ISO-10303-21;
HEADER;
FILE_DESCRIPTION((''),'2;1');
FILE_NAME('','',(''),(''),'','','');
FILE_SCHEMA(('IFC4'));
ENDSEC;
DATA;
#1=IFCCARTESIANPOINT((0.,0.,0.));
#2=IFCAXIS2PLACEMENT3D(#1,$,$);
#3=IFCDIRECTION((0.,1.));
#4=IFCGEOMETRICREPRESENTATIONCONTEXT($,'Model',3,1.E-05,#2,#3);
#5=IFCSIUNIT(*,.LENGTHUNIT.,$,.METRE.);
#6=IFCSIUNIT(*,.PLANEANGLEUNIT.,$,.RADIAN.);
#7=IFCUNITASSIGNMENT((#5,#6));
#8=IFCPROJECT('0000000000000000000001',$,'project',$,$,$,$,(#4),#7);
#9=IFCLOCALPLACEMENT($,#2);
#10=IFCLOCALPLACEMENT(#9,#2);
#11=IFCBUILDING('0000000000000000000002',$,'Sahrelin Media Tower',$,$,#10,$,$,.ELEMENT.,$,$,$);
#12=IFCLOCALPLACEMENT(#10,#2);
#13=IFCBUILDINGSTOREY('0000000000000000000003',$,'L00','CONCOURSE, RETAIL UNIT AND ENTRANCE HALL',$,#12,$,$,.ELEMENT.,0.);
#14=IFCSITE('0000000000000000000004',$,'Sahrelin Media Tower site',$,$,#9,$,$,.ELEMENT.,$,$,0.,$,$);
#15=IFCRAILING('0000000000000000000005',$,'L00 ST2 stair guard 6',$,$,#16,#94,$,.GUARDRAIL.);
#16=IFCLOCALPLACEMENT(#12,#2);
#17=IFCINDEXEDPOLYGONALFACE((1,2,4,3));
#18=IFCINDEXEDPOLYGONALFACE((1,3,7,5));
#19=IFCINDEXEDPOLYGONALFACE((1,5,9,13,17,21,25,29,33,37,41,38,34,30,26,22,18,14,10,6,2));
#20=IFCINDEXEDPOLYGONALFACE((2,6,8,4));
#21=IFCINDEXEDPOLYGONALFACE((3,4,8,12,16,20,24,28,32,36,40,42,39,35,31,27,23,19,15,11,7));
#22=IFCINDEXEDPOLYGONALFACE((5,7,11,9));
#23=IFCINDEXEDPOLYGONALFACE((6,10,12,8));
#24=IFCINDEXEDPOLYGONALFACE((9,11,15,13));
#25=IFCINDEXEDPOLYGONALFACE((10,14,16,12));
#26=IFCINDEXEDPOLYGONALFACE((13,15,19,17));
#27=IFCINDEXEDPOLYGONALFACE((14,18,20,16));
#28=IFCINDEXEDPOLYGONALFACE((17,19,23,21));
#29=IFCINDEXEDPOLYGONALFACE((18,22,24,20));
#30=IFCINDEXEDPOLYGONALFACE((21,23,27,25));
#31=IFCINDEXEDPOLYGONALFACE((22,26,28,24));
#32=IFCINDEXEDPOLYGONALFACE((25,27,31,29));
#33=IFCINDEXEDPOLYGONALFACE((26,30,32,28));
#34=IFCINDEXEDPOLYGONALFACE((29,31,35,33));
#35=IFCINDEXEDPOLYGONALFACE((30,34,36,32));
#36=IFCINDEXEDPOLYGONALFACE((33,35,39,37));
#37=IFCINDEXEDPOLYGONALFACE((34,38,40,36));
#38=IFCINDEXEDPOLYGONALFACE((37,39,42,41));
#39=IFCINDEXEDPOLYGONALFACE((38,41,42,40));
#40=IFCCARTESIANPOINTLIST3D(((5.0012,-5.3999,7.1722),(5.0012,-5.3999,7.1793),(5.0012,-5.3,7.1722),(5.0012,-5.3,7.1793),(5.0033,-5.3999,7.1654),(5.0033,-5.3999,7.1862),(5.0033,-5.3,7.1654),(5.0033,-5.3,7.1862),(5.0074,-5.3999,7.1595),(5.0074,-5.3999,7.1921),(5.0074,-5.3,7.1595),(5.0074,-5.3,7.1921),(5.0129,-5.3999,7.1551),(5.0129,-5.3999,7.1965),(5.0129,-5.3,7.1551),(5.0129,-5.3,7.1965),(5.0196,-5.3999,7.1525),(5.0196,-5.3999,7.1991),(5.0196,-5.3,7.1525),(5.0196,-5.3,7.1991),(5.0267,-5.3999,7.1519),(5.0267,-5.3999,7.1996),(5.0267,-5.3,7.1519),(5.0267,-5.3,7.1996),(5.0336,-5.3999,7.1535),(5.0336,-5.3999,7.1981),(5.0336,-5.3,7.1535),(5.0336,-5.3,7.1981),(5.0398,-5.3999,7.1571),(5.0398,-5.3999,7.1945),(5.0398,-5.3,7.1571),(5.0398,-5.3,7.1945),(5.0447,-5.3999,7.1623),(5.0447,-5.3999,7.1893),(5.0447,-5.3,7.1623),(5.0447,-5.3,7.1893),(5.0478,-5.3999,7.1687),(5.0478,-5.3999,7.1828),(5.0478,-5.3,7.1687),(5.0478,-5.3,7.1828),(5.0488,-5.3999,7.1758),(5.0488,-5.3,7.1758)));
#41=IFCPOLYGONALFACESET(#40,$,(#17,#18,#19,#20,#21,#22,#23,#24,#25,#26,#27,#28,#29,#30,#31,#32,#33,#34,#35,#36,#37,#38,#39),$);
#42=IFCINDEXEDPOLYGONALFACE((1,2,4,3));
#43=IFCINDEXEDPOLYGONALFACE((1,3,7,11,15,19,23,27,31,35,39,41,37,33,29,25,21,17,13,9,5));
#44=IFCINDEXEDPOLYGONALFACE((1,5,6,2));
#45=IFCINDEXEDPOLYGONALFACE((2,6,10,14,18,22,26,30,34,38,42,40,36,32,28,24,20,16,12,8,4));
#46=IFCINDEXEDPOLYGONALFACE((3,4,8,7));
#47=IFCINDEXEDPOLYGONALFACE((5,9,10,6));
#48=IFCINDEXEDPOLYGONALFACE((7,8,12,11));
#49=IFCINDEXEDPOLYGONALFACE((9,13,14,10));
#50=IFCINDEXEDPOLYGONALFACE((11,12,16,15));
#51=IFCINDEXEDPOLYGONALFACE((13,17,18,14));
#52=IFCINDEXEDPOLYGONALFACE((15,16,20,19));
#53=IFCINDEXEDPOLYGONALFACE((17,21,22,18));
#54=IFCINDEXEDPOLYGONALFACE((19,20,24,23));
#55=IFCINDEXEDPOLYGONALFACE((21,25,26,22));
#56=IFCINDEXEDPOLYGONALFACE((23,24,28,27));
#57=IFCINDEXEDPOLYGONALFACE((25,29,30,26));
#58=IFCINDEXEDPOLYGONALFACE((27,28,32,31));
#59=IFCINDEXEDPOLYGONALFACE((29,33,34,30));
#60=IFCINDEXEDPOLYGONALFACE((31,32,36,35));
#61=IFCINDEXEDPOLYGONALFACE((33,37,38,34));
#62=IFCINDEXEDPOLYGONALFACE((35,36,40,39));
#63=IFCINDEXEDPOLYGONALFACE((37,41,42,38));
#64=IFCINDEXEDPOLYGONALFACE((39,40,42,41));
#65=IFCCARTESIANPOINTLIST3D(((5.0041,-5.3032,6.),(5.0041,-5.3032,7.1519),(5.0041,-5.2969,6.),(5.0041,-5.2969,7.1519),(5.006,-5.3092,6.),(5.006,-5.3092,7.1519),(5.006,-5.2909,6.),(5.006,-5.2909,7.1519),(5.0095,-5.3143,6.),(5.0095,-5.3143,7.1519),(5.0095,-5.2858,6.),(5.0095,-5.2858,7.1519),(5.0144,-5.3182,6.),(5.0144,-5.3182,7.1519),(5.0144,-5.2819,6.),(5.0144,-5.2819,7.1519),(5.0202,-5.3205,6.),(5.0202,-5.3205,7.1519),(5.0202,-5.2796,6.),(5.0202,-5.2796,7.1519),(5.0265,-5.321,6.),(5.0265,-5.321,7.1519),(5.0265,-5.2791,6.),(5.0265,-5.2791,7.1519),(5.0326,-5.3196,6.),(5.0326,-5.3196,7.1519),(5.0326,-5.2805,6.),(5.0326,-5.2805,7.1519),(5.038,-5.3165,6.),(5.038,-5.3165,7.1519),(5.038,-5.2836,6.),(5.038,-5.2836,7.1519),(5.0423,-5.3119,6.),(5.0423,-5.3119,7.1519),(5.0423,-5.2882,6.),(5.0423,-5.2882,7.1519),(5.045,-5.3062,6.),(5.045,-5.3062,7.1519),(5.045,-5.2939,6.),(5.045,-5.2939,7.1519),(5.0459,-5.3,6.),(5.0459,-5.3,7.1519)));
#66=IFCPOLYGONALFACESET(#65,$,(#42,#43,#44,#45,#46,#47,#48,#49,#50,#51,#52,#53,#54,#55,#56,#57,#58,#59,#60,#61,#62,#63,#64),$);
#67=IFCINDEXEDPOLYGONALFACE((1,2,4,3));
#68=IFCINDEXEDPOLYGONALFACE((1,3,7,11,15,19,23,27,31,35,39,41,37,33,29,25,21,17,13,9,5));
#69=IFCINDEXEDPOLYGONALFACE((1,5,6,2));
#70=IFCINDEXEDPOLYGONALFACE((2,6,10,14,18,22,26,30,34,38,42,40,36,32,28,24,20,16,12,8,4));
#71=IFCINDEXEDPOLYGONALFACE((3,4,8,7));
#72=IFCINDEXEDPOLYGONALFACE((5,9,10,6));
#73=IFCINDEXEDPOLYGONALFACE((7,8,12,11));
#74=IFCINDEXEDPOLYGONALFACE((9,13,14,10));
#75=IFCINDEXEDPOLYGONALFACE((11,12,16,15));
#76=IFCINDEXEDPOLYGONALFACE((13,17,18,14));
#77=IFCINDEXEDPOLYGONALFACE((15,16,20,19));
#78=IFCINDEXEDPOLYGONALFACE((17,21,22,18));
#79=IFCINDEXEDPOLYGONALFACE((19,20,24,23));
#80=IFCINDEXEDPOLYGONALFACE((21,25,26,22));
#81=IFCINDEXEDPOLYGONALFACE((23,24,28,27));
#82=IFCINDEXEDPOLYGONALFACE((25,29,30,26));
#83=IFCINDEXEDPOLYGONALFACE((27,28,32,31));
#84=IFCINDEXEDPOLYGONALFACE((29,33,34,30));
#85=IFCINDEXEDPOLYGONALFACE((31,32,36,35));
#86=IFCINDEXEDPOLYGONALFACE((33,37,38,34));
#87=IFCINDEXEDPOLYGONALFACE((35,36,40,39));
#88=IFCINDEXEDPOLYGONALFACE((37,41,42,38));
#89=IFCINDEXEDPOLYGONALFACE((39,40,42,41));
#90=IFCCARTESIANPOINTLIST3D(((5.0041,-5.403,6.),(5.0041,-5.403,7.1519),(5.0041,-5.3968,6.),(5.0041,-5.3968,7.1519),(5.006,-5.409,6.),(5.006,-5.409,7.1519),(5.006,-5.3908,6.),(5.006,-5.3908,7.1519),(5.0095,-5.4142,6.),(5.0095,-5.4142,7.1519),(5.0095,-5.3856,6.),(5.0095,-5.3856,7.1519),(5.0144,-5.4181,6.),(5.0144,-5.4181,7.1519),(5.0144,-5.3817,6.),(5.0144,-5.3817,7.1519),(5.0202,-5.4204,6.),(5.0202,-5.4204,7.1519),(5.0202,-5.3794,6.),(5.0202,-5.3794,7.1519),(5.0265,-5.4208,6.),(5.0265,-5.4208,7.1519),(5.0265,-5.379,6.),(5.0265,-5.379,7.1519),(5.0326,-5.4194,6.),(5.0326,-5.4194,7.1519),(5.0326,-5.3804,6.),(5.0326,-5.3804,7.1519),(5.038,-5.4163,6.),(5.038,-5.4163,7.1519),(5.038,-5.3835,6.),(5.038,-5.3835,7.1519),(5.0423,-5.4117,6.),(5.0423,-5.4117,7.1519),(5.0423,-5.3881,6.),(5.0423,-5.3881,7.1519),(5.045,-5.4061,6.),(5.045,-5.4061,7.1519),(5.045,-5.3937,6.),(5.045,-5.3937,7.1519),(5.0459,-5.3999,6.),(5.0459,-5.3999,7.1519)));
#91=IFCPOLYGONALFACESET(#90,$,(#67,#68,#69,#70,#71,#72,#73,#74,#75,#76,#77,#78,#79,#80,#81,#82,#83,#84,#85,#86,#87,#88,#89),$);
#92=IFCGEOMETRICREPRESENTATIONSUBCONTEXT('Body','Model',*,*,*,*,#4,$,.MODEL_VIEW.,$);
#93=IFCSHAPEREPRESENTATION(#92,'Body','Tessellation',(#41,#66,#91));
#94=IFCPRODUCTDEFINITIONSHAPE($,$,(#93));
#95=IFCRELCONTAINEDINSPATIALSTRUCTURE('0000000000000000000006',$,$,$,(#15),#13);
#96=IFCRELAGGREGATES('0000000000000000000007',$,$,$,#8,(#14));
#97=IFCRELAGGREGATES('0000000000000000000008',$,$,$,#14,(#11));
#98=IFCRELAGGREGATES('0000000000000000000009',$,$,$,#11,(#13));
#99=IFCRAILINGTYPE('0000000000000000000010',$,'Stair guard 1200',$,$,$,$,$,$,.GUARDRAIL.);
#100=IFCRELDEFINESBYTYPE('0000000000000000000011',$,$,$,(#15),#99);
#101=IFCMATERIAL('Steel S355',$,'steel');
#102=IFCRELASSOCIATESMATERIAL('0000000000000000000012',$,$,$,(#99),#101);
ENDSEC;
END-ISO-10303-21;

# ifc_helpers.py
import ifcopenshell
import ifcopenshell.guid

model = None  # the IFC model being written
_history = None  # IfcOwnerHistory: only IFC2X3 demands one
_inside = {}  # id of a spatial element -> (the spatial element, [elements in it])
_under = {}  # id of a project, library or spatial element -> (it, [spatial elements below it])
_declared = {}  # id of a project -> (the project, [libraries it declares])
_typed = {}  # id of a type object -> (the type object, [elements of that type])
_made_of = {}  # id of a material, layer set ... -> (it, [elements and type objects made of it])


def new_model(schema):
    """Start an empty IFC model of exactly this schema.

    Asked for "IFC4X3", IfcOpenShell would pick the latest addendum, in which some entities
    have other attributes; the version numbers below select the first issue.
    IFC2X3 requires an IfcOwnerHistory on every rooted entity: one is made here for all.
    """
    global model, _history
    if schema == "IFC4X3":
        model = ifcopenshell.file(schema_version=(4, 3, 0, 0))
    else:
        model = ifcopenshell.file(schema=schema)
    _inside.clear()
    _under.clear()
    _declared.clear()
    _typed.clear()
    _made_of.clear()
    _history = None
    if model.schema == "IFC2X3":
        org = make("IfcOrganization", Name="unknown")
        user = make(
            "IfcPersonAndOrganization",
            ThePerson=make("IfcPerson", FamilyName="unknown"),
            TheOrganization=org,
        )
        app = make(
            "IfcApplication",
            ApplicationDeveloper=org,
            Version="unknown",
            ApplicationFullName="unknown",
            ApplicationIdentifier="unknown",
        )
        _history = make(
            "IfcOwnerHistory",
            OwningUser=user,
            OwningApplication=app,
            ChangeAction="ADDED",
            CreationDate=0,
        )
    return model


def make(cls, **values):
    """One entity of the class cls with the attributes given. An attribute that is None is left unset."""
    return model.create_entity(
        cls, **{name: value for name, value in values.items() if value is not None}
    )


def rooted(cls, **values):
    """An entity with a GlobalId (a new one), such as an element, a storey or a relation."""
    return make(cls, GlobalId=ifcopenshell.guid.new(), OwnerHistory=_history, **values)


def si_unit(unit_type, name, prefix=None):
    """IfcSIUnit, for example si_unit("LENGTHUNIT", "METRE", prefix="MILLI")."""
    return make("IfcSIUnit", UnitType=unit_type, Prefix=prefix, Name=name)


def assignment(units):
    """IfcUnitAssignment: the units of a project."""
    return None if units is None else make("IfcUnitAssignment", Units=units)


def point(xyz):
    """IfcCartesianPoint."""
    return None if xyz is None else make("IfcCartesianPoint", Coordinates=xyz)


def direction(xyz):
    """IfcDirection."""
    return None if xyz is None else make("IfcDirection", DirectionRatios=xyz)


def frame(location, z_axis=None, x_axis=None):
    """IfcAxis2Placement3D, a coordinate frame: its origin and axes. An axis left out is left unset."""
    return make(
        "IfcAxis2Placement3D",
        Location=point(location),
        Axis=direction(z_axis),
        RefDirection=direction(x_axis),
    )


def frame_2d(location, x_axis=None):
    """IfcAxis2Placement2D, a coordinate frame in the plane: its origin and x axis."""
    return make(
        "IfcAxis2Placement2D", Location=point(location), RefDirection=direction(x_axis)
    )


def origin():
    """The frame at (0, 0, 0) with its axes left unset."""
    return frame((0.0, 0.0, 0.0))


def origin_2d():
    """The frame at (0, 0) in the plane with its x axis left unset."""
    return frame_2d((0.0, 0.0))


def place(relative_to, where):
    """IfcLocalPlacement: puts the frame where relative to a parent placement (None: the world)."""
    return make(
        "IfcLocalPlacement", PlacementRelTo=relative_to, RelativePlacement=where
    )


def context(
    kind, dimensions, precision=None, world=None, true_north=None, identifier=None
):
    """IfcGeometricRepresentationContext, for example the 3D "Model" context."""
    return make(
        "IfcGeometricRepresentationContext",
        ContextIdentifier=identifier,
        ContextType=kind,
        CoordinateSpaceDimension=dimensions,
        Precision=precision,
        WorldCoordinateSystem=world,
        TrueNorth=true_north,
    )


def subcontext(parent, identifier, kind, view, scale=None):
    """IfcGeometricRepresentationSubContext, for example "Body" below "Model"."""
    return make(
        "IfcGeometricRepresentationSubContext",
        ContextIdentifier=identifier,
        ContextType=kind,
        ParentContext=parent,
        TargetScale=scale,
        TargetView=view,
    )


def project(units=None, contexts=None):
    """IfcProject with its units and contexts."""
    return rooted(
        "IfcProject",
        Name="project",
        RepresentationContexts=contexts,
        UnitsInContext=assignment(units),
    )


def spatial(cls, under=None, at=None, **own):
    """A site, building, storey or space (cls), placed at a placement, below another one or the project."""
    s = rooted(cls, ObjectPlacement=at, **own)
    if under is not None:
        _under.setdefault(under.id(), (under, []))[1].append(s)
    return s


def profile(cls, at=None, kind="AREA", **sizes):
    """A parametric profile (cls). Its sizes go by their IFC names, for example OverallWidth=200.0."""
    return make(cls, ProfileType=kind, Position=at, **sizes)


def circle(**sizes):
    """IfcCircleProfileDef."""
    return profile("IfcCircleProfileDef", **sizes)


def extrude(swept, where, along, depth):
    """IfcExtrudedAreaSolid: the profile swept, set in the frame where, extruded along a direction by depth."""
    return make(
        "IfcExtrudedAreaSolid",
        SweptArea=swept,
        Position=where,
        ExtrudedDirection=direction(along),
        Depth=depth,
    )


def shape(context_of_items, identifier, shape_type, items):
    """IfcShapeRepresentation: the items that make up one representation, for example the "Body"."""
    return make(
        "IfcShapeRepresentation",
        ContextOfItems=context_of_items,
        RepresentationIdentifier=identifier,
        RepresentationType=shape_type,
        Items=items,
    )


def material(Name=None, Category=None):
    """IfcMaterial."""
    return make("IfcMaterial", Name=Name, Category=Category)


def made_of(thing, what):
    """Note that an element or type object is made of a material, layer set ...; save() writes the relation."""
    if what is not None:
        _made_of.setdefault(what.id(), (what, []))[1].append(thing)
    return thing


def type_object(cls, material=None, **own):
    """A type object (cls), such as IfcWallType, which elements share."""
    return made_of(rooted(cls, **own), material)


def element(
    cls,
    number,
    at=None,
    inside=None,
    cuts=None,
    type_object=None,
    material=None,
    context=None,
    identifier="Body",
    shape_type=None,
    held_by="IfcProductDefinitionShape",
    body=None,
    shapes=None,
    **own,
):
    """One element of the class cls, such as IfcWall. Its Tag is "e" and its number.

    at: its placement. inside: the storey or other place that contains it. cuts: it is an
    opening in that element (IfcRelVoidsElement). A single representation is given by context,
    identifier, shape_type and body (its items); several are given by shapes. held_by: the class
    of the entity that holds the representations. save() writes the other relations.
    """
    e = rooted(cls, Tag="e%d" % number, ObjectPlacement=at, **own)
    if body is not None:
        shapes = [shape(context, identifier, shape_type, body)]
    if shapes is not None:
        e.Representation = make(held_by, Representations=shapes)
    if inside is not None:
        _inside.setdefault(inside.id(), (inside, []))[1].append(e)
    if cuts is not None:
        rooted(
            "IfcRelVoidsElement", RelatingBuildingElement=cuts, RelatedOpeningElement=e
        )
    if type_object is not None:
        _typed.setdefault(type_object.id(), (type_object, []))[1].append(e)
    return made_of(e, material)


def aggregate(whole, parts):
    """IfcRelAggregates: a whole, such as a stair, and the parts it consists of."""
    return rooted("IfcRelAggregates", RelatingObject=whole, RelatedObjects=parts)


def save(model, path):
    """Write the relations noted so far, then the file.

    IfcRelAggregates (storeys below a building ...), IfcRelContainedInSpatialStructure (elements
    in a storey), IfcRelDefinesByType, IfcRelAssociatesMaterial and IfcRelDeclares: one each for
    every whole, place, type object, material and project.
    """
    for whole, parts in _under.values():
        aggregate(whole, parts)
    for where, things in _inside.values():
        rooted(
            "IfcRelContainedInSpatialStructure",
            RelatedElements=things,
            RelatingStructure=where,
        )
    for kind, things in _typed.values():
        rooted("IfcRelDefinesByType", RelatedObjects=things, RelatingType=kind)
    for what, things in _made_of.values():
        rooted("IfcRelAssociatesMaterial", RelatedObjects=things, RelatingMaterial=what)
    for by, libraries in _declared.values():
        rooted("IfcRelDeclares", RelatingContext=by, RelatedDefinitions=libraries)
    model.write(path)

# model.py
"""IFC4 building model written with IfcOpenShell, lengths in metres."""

from ifc_helpers import new_model, si_unit, direction, frame, origin, origin_2d, place, context, subcontext, project, spatial, circle, extrude, material, type_object, element, save


model = new_model("IFC4")

# Units and contexts
model_context = context("Model", 3, precision=1e-05, world=origin(), true_north=direction((0.0, 1.0)))
body_context = subcontext(model_context, "Body", "Model", "MODEL_VIEW")
ifc_project = project(units=[si_unit("LENGTHUNIT", "METRE"), si_unit("PLANEANGLEUNIT", "RADIAN")], contexts=[model_context])

# Site, building, storey
site_placement = place(None, origin())
site = spatial("IfcSite", under=ifc_project, at=site_placement, Name="Sahrelin Media Tower site", CompositionType="ELEMENT", RefElevation=0.0)
building_placement = place(site_placement, origin())
building = spatial("IfcBuilding", under=site, at=building_placement, Name="Sahrelin Media Tower", CompositionType="ELEMENT")
storey_placement = place(building_placement, origin())
storey = spatial("IfcBuildingStorey", under=building, at=storey_placement, Name="L00", Description="CONCOURSE, RETAIL UNIT AND ENTRANCE HALL", CompositionType="ELEMENT", Elevation=0.0)

# Shared definitions
ifc_material_1 = material(Name="Steel S355", Category="steel")

# Railing
railing_type_1 = type_object("IfcRailingType", Name="Stair guard 1200", PredefinedType="GUARDRAIL", material=ifc_material_1)
railing_1_placement = place(storey_placement, frame((5.0249, -5.3, 6.0)))
element("IfcRailing", 1, at=railing_1_placement, inside=storey, type_object=railing_type_1, Name="L00 ST2 stair guard 6", PredefinedType="GUARDRAIL", context=body_context, shape_type="SweptSolid", body=[
    extrude(circle(Radius=0.0239, at=origin_2d()), frame((0.0, 0.0, 1.1758), z_axis=(0.0, -1.0, 0.0), x_axis=(1.0, 0.0, 0.0)), (0.0, 0.0, 1.0), 0.0999),
    extrude(circle(Radius=0.021, at=origin_2d()), origin(), (0.0, 0.0, 1.0), 1.1519),
    extrude(circle(Radius=0.021, at=origin_2d()), frame((0.0, -0.0999, 0.0)), (0.0, 0.0, 1.0), 1.1519),
])

save(model, "model.ifc")
